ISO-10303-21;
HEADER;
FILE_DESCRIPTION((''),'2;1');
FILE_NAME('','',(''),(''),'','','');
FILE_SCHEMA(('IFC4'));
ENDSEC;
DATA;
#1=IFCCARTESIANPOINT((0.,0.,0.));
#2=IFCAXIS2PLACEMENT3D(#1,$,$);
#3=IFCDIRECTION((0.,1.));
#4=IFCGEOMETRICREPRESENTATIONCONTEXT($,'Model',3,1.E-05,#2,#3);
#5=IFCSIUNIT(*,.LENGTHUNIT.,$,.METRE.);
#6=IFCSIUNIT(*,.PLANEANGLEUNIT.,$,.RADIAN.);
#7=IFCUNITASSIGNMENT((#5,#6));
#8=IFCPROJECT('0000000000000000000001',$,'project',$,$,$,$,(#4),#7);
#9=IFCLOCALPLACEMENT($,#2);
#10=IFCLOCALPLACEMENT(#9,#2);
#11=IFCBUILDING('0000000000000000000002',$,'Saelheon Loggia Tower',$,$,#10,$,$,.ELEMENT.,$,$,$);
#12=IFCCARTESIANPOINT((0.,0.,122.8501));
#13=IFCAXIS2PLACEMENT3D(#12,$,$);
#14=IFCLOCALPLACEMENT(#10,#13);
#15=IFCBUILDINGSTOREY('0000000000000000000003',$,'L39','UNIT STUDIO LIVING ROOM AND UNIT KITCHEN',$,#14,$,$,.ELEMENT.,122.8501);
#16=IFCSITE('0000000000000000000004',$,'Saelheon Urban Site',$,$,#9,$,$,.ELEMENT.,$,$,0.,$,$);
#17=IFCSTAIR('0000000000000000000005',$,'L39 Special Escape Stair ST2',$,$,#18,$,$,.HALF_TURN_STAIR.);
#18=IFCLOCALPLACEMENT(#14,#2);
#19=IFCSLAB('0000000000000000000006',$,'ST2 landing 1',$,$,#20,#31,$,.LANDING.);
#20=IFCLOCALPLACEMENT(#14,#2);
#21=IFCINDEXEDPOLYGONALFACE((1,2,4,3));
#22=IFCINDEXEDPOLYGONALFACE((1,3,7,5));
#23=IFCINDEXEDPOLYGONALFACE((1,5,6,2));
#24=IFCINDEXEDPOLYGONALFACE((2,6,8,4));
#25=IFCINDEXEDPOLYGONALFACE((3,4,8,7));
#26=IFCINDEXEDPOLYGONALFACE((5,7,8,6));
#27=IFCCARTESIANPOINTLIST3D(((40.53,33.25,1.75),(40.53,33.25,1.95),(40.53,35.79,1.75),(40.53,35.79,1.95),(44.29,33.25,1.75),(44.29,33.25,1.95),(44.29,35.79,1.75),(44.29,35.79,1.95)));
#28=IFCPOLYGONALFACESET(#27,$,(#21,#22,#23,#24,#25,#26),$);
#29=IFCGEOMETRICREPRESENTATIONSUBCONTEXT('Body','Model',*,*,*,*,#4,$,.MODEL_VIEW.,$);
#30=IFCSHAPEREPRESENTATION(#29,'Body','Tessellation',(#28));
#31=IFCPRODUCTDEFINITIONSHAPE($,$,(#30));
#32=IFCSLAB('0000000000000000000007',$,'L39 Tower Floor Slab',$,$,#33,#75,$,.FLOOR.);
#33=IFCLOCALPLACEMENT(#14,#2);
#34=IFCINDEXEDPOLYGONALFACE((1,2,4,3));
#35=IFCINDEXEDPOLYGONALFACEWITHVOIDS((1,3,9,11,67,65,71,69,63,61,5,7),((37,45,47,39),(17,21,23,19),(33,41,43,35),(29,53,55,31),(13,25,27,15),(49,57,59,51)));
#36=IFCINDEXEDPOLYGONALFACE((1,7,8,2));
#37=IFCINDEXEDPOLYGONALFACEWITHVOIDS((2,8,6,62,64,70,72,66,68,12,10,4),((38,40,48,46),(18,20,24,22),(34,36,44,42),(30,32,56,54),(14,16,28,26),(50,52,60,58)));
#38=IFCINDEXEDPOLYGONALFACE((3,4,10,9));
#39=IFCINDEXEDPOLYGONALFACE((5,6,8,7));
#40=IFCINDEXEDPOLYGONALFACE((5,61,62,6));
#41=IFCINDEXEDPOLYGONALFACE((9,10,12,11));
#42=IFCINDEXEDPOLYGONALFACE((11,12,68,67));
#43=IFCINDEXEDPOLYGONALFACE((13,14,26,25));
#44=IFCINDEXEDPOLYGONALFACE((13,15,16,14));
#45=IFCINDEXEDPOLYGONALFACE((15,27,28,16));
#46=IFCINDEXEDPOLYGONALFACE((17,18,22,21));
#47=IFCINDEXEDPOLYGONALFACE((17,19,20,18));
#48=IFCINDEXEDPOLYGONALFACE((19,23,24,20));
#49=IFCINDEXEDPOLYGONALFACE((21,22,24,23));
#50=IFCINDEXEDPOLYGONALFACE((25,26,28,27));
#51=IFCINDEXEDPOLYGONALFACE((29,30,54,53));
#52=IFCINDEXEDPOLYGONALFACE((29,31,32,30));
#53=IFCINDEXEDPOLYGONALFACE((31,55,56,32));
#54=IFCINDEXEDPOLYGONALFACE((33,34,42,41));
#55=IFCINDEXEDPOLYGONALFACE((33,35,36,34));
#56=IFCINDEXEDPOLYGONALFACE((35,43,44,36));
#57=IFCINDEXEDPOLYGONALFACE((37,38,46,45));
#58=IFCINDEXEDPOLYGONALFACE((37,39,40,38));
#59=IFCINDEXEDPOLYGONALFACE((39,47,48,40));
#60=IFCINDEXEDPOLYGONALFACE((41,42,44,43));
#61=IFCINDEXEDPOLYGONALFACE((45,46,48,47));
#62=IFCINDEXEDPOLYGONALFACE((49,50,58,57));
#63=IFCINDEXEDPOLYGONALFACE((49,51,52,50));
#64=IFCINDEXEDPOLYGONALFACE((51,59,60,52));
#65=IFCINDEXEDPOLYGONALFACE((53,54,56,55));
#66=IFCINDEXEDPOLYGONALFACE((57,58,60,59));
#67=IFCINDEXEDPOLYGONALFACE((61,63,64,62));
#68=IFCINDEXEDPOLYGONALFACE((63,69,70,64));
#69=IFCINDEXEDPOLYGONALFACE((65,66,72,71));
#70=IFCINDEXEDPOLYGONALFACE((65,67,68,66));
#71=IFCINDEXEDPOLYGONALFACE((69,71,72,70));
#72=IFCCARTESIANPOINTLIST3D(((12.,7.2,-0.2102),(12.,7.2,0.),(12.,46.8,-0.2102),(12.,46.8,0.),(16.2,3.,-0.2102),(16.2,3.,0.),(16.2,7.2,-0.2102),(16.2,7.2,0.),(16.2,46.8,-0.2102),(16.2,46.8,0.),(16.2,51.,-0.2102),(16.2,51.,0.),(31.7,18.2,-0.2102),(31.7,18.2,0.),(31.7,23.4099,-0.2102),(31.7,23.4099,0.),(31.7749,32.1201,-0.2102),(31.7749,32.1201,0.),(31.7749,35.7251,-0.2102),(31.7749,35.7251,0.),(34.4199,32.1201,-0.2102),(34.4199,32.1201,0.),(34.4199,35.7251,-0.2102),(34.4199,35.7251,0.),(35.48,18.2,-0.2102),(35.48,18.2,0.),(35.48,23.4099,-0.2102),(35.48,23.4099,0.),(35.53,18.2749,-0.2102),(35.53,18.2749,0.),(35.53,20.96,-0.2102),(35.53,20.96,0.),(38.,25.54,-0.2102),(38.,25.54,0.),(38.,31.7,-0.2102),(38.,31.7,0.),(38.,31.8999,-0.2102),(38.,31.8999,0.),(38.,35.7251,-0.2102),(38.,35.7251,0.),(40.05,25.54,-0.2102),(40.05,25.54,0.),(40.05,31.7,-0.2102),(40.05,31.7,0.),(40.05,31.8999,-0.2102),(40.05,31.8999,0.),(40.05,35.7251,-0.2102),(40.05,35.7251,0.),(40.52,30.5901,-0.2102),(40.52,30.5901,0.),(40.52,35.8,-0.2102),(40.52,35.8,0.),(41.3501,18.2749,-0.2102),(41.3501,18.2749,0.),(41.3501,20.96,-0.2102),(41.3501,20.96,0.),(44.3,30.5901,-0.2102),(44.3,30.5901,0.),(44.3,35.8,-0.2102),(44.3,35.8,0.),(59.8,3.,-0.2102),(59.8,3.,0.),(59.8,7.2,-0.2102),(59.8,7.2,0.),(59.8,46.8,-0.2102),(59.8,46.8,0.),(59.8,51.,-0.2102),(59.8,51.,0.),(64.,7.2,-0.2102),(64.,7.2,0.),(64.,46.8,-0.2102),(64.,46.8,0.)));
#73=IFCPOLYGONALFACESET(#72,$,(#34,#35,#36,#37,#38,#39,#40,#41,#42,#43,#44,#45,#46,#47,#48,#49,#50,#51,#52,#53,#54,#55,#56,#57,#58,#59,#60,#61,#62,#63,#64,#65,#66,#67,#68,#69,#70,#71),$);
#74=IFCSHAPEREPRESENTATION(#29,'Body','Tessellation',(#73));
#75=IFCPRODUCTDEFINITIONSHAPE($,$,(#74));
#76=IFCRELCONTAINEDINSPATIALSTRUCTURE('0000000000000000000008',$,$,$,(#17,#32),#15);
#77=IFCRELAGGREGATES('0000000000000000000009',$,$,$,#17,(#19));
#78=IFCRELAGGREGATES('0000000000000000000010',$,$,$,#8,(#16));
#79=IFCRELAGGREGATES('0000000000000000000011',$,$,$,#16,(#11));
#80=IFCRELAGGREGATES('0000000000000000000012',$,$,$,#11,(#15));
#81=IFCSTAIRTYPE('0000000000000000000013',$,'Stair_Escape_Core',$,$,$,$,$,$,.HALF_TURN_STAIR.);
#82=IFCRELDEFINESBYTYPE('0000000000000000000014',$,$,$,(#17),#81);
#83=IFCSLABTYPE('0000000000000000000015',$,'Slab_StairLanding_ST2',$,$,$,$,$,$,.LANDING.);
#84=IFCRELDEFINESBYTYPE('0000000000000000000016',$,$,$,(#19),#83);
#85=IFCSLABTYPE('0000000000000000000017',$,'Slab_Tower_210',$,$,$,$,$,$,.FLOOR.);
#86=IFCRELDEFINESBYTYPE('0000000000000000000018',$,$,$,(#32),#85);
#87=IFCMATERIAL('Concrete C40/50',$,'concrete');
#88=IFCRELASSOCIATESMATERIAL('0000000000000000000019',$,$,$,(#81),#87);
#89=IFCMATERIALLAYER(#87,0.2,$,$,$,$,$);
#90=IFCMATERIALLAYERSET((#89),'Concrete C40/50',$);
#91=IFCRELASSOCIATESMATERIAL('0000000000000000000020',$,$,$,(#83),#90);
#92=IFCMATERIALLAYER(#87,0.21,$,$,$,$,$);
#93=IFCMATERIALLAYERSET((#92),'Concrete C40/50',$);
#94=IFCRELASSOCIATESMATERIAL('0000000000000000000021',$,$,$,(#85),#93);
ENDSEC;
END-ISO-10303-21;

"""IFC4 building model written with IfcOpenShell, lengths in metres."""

from ifc_helpers import new_model, si_unit, direction, frame, origin, place, context, subcontext, project, spatial, polyline, outline, extrude, material, layer, layer_set, type_object, element, aggregate, save


model = new_model("IFC4")

# Units and contexts
model_context = context("Model", 3, precision=1e-05, world=origin(), true_north=direction((0.0, 1.0)))
body_context = subcontext(model_context, "Body", "Model", "MODEL_VIEW")
ifc_project = project(units=[si_unit("LENGTHUNIT", "METRE"), si_unit("PLANEANGLEUNIT", "RADIAN")], contexts=[model_context])

# Site, building, storey
site_placement = place(None, origin())
site = spatial("IfcSite", under=ifc_project, at=site_placement, Name="Saelheon Urban Site", CompositionType="ELEMENT", RefElevation=0.0)
building_placement = place(site_placement, origin())
building = spatial("IfcBuilding", under=site, at=building_placement, Name="Saelheon Loggia Tower", CompositionType="ELEMENT")
storey_placement = place(building_placement, frame((0.0, 0.0, 122.8501)))
storey = spatial("IfcBuildingStorey", under=building, at=storey_placement, Name="L39", Description="UNIT STUDIO LIVING ROOM AND UNIT KITCHEN", CompositionType="ELEMENT", Elevation=122.8501)

# Stair, slab
ifc_material_1 = material(Name="Concrete C40/50", Category="concrete")
stair_type = type_object("IfcStairType", Name="Stair_Escape_Core", PredefinedType="HALF_TURN_STAIR", material=ifc_material_1)
stair_1_placement = place(storey_placement, origin())
stair_1 = element("IfcStair", 1, at=stair_1_placement, inside=storey, type_object=stair_type, Name="L39 Special Escape Stair ST2", PredefinedType="HALF_TURN_STAIR")
ifc_layer_1 = layer(ifc_material_1, 0.2)
ifc_layer_set_1 = layer_set([ifc_layer_1], Name="Concrete C40/50")
slab_type_1 = type_object("IfcSlabType", Name="Slab_StairLanding_ST2", PredefinedType="LANDING", material=ifc_layer_set_1)
slab_1_placement = place(storey_placement, frame((0.0, 0.0, 1.75)))
slab_1 = element("IfcSlab", 2, at=slab_1_placement, type_object=slab_type_1, Name="ST2 landing 1", PredefinedType="LANDING", context=body_context, shape_type="SweptSolid", body=[
    extrude(outline(polyline([(44.29, 33.25), (44.29, 35.79), (40.53, 35.79), (40.53, 33.25), (44.29, 33.25)])), origin(), (0.0, 0.0, 1.0), 0.2),
])
aggregate(stair_1, [slab_1])

# Slab
ifc_layer_2 = layer(ifc_material_1, 0.21)
ifc_layer_set_2 = layer_set([ifc_layer_2], Name="Concrete C40/50")
slab_type_2 = type_object("IfcSlabType", Name="Slab_Tower_210", PredefinedType="FLOOR", material=ifc_layer_set_2)
slab_2_placement = place(storey_placement, frame((0.0, 0.0, -0.2102)))
element("IfcSlab", 3, at=slab_2_placement, inside=storey, type_object=slab_type_2, Name="L39 Tower Floor Slab", PredefinedType="FLOOR", context=body_context, shape_type="SweptSolid", body=[
    extrude(outline(polyline([(16.2, 3.0), (59.8, 3.0), (59.8, 7.2), (64.0, 7.2), (64.0, 46.8), (59.8, 46.8), (59.8, 51.0), (16.2, 51.0), (16.2, 46.8), (12.0, 46.8), (12.0, 7.2), (16.2, 7.2), (16.2, 3.0)]), holes=[polyline([(31.7, 23.4099), (31.7, 18.2), (35.48, 18.2), (35.48, 23.4099), (31.7, 23.4099)]), polyline([(44.3, 30.5901), (44.3, 35.8), (40.52, 35.8), (40.52, 30.5901), (44.3, 30.5901)]), polyline([(35.53, 18.2749), (41.3501, 18.2749), (41.3501, 20.96), (35.53, 20.96), (35.53, 18.2749)]), polyline([(31.7749, 32.1201), (34.4199, 32.1201), (34.4199, 35.7251), (31.7749, 35.7251), (31.7749, 32.1201)]), polyline([(38.0, 31.8999), (40.05, 31.8999), (40.05, 35.7251), (38.0, 35.7251), (38.0, 31.8999)]), polyline([(38.0, 25.54), (40.05, 25.54), (40.05, 31.7), (38.0, 31.7), (38.0, 25.54)])]), origin(), (0.0, 0.0, 1.0), 0.2102),
])

save(model, "model.ifc")
